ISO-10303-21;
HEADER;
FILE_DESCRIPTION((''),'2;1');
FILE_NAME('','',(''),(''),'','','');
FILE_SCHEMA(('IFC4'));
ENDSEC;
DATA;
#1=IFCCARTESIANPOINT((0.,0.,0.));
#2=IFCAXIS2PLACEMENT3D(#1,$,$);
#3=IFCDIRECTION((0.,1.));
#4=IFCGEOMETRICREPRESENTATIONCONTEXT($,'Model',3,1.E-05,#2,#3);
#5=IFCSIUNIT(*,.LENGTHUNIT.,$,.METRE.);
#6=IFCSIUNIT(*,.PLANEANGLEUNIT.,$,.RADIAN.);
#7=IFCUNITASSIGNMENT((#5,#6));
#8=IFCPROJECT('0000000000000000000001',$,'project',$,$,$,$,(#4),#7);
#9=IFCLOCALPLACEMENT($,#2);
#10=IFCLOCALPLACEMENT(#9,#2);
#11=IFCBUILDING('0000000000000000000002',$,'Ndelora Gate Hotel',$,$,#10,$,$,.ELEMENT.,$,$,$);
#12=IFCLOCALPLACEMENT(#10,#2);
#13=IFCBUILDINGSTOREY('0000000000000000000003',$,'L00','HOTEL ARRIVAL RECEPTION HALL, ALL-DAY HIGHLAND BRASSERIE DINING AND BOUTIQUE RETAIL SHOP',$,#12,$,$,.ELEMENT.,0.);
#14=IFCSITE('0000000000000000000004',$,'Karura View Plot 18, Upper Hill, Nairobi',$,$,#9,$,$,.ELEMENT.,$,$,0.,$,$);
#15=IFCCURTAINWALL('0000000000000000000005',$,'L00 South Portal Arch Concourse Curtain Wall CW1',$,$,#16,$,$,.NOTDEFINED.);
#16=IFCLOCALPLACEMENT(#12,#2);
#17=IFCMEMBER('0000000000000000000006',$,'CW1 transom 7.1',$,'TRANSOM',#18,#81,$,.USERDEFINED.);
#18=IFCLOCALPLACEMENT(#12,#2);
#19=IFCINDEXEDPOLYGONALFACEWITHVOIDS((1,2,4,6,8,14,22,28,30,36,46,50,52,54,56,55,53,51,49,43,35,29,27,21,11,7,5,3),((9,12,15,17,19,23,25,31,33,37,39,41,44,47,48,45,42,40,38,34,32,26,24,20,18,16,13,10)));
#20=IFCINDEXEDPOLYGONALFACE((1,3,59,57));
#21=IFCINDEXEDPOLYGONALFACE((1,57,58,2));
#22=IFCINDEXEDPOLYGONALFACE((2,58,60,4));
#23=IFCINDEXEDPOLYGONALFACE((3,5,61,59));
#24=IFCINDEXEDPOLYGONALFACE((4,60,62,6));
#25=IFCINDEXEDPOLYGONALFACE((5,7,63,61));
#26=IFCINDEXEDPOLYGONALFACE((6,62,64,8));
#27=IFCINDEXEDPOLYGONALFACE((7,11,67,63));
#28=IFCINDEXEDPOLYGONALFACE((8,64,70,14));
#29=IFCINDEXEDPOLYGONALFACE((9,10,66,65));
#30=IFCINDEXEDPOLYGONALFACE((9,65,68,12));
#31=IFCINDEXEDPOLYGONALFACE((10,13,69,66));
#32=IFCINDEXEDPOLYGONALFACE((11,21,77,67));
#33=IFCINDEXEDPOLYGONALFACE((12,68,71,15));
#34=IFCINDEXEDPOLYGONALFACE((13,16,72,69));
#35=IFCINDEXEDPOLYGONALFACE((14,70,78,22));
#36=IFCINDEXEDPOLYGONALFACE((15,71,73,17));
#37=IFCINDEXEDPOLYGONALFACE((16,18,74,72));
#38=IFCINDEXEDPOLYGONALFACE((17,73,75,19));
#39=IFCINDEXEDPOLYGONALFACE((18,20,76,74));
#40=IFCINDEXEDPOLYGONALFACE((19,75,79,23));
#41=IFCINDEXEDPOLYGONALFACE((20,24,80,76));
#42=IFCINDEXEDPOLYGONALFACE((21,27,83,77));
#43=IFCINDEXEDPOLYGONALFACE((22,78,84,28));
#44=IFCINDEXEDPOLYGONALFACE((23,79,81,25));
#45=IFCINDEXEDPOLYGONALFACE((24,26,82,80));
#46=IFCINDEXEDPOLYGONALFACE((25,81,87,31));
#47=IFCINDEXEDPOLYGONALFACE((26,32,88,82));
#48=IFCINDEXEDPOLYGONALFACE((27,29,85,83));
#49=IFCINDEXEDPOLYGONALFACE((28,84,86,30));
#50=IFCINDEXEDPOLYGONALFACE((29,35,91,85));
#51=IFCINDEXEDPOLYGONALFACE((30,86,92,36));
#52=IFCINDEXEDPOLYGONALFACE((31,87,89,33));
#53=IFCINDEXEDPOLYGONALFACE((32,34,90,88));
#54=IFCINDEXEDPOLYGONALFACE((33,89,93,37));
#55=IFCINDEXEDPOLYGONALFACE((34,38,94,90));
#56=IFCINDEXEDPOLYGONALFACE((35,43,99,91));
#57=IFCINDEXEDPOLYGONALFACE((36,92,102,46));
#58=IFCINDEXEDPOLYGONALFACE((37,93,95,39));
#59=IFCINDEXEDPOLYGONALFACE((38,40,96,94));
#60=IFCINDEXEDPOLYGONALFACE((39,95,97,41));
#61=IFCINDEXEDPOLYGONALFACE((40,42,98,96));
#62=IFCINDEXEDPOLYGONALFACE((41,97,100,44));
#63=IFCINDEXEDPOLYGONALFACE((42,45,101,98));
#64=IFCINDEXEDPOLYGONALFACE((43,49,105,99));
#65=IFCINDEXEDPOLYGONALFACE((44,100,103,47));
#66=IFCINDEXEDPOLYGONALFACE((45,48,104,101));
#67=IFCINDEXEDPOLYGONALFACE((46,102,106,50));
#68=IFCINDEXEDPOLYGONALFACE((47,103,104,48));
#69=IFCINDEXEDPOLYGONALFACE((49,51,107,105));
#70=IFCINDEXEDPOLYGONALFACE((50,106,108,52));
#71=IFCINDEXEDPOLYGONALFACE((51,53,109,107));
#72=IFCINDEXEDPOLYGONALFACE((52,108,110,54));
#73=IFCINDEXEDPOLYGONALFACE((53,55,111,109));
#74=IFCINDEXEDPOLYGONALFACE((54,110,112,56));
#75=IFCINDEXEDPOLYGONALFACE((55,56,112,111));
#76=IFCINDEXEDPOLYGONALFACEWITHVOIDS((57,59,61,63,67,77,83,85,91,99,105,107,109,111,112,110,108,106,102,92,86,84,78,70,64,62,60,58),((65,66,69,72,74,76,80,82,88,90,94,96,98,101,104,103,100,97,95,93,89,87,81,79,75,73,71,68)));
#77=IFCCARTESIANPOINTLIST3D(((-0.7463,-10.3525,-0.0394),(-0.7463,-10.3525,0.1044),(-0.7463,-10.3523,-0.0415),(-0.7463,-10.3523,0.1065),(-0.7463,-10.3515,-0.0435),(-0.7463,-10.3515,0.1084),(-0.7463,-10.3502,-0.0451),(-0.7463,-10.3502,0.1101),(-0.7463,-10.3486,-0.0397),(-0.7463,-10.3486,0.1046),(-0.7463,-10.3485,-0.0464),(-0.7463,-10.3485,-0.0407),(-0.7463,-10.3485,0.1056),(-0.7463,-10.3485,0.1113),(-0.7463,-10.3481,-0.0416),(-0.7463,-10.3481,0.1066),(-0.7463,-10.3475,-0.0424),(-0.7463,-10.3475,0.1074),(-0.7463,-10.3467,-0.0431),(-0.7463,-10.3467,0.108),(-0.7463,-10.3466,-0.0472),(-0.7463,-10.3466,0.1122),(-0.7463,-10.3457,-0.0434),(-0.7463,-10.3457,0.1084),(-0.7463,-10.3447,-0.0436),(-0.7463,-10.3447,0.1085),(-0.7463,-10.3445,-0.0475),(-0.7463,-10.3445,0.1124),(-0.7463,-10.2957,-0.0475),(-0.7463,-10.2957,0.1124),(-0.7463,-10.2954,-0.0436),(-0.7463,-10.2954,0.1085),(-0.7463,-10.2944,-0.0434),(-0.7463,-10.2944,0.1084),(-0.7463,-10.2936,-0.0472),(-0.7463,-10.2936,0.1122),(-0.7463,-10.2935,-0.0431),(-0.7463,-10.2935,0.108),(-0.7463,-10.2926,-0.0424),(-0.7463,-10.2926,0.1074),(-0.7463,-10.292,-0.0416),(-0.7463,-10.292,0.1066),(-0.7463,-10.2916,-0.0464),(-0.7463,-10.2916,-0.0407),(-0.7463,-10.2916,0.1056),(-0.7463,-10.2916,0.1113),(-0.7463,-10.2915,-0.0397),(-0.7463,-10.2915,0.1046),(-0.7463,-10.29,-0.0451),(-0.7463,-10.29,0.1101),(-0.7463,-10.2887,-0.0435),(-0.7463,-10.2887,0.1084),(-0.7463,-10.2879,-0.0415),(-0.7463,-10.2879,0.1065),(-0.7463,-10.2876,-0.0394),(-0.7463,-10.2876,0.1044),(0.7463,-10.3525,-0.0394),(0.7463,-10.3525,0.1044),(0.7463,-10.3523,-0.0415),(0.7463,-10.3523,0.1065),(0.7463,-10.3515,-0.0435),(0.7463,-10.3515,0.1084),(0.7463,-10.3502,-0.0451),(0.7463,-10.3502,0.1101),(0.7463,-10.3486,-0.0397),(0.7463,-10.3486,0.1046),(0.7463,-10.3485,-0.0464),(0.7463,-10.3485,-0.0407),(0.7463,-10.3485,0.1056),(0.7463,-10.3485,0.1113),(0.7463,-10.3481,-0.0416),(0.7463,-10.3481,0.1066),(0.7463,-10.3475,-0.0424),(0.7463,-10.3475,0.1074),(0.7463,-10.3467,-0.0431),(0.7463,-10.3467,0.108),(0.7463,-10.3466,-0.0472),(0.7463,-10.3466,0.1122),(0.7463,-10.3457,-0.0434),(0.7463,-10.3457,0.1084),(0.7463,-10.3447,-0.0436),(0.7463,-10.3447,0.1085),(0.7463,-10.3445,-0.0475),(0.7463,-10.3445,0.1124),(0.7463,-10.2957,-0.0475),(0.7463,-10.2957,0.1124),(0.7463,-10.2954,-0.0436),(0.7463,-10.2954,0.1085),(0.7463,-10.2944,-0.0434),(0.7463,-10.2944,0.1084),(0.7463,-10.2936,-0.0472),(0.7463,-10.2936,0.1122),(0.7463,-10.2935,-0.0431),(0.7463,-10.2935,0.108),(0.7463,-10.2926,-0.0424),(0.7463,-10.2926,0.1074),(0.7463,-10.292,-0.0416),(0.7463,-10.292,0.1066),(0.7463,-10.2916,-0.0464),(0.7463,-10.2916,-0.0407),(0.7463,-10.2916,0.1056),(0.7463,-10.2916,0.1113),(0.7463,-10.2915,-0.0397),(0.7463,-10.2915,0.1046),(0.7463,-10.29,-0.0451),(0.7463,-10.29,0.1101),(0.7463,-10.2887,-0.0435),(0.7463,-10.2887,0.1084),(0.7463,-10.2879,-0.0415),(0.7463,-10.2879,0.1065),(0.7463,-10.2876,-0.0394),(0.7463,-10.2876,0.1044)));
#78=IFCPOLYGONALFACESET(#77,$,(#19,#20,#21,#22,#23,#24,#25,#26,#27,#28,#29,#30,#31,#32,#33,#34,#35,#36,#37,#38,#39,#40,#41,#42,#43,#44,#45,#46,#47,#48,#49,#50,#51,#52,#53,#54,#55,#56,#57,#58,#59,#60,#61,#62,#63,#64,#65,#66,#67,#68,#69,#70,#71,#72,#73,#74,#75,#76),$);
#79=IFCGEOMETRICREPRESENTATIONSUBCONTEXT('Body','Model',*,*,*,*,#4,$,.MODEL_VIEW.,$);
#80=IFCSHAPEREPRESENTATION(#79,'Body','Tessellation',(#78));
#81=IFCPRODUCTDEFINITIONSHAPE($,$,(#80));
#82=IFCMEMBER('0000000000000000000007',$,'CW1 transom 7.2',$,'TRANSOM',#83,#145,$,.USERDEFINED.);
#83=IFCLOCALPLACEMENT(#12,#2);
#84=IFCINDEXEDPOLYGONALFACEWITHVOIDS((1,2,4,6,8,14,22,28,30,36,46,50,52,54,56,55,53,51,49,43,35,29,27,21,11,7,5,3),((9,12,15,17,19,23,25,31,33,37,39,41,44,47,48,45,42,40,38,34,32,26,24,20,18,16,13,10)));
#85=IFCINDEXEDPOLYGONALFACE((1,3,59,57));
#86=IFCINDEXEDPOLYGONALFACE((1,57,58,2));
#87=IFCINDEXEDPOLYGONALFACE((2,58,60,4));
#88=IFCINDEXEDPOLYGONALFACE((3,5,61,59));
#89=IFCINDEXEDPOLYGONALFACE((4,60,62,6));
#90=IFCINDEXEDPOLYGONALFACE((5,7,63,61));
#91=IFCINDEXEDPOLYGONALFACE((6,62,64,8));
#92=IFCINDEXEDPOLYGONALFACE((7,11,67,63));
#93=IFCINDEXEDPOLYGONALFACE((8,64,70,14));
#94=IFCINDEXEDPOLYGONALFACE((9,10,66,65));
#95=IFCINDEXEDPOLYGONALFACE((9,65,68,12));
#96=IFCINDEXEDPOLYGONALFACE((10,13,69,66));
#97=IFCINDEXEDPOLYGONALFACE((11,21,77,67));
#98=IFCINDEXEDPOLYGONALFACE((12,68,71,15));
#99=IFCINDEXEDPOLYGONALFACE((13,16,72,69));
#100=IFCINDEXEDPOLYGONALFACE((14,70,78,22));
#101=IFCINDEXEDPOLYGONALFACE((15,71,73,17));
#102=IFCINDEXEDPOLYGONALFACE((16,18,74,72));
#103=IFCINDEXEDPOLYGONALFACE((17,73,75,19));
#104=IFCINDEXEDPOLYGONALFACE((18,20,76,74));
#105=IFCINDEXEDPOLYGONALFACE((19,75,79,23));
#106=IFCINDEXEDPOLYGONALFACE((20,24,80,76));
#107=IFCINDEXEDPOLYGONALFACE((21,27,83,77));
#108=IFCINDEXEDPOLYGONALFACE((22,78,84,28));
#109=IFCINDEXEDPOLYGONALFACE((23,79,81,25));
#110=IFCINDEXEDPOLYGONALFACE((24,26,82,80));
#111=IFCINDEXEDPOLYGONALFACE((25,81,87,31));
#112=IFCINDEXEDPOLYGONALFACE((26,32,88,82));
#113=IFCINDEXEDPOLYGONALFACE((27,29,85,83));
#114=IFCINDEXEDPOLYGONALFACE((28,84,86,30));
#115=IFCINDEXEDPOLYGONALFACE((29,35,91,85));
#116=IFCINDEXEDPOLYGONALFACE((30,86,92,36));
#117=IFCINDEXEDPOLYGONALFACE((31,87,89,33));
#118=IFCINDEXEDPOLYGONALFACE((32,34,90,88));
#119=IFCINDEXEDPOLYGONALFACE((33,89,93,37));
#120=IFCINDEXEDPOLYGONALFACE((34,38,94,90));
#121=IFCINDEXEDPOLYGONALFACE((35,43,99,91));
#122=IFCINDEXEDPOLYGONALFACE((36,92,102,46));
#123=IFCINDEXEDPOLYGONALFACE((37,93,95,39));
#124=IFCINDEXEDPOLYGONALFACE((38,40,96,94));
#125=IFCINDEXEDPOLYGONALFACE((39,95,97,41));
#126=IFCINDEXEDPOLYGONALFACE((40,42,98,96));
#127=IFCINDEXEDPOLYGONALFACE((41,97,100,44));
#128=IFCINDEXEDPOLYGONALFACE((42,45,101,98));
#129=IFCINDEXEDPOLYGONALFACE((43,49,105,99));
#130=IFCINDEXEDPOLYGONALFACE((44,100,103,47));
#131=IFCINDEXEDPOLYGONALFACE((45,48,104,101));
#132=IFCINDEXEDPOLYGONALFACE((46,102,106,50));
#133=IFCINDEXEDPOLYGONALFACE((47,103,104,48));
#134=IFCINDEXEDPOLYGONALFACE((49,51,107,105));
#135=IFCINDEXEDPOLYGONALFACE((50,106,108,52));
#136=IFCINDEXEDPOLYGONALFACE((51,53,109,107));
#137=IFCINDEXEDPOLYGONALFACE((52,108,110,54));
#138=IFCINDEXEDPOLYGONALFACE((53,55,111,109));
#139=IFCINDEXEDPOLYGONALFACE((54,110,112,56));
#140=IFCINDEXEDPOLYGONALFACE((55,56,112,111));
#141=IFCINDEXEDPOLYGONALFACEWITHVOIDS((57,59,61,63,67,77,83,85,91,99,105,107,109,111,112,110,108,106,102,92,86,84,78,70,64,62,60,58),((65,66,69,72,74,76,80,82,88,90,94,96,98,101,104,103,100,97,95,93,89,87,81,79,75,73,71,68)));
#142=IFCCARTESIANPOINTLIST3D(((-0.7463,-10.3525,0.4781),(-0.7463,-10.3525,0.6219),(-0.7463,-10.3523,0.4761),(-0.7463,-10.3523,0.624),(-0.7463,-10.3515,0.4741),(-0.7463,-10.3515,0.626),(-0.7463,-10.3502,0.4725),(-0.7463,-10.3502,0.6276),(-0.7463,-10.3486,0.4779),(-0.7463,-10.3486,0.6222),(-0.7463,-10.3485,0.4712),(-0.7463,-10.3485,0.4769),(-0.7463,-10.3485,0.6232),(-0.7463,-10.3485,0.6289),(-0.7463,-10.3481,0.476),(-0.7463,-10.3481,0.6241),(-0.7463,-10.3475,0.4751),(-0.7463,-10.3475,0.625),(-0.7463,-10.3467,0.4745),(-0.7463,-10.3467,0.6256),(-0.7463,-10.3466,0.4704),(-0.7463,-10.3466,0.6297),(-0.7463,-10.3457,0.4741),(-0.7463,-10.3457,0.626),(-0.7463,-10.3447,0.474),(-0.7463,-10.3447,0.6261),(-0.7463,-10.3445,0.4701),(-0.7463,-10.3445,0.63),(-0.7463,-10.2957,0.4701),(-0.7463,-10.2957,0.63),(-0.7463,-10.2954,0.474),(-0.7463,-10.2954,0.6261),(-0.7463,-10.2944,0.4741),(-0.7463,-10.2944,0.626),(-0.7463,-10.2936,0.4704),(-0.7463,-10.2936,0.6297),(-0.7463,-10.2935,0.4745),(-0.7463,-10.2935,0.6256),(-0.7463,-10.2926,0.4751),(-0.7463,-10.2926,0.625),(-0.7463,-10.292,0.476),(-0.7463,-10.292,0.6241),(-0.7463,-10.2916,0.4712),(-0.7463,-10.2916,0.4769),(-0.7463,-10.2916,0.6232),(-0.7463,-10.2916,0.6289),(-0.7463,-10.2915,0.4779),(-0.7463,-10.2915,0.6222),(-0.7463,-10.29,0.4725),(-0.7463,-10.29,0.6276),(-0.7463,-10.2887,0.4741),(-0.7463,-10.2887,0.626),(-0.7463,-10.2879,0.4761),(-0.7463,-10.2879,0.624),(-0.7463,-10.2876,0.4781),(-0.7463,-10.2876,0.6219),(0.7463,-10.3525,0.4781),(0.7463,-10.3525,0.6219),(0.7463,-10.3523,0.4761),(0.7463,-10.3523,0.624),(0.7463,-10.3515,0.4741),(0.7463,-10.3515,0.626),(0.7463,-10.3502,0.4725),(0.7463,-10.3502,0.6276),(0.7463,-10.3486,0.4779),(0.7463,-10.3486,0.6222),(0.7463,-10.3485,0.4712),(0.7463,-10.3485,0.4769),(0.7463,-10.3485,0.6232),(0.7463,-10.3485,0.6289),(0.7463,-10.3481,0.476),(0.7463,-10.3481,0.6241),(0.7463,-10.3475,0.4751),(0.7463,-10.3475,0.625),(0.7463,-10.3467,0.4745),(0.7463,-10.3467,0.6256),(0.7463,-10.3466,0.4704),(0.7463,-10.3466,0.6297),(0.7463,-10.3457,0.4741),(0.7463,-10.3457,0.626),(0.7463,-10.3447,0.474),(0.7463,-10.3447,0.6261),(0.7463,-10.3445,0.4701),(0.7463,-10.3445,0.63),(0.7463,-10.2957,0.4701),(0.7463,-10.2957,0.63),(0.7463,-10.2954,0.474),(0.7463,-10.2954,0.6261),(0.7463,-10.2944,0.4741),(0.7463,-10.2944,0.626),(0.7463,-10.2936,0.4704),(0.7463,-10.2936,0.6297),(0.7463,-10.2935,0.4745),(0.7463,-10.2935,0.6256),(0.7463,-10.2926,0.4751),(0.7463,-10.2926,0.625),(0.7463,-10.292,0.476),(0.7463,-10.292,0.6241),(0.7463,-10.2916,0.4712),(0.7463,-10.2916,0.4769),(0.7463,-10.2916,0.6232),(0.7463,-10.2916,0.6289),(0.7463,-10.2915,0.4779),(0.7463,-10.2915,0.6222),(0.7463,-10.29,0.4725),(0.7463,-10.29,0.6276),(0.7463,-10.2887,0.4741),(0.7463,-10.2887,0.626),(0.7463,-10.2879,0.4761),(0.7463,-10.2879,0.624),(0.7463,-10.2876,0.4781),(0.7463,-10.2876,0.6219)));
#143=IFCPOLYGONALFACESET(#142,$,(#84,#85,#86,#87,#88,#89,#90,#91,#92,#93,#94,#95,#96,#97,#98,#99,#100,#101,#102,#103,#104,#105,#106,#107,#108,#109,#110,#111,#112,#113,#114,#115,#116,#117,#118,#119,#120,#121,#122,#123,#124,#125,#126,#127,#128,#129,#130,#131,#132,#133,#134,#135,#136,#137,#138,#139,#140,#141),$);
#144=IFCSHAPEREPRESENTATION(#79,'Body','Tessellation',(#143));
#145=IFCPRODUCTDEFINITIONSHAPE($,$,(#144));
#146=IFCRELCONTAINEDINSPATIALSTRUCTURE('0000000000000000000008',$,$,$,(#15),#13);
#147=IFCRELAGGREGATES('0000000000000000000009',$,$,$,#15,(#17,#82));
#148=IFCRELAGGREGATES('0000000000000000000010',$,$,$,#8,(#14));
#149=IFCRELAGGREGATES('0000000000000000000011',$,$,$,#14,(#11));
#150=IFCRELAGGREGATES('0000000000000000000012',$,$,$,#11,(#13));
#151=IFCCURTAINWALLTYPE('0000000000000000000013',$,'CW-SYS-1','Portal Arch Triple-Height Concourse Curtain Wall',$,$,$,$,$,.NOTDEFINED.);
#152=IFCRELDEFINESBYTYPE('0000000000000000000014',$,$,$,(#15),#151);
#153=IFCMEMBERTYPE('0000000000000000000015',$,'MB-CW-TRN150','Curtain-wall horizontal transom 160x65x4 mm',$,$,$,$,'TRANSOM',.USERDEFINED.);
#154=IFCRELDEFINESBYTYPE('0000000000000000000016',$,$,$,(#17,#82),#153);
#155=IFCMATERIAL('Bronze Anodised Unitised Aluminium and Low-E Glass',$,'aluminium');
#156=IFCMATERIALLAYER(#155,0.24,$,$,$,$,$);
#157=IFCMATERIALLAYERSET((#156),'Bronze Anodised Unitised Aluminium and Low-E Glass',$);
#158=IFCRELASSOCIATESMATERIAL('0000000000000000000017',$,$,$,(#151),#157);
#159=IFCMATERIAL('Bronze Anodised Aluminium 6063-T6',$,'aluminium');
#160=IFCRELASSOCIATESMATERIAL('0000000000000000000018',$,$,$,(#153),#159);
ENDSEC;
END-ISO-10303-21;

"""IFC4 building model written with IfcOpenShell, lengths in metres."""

from ifc_helpers import new_model, si_unit, direction, frame, origin, origin_2d, place, context, subcontext, project, spatial, hollow_rectangle, extrude, material, layer, layer_set, material_profile, profile_set, type_object, element, aggregate, save


model = new_model("IFC4")

# Units and contexts
model_context = context("Model", 3, precision=1e-05, world=origin(), true_north=direction((0.0, 1.0)))
body_context = subcontext(model_context, "Body", "Model", "MODEL_VIEW")
ifc_project = project(units=[si_unit("LENGTHUNIT", "METRE"), si_unit("PLANEANGLEUNIT", "RADIAN")], contexts=[model_context])

# Site, building, storey
site_placement = place(None, origin())
site = spatial("IfcSite", under=ifc_project, at=site_placement, Name="Karura View Plot 18, Upper Hill, Nairobi", CompositionType="ELEMENT", RefElevation=0.0)
building_placement = place(site_placement, origin())
building = spatial("IfcBuilding", under=site, at=building_placement, Name="Ndelora Gate Hotel", CompositionType="ELEMENT")
storey_placement = place(building_placement, origin())
storey = spatial("IfcBuildingStorey", under=building, at=storey_placement, Name="L00", Description="HOTEL ARRIVAL RECEPTION HALL, ALL-DAY HIGHLAND BRASSERIE DINING AND BOUTIQUE RETAIL SHOP", CompositionType="ELEMENT", Elevation=0.0)

# Curtain wall, members
ifc_material_1 = material(Name="Bronze Anodised Unitised Aluminium and Low-E Glass", Category="aluminium")
ifc_layer_1 = layer(ifc_material_1, 0.24)
ifc_layer_set_1 = layer_set([ifc_layer_1], Name="Bronze Anodised Unitised Aluminium and Low-E Glass")
curtain_wall_type = type_object("IfcCurtainWallType", Name="CW-SYS-1", Description="Portal Arch Triple-Height Concourse Curtain Wall", PredefinedType="NOTDEFINED", material=ifc_layer_set_1)
curtain_wall_placement = place(storey_placement, origin())
curtain_wall = element("IfcCurtainWall", 1, at=curtain_wall_placement, inside=storey, type_object=curtain_wall_type, Name="L00 South Portal Arch Concourse Curtain Wall CW1", PredefinedType="NOTDEFINED")
ifc_material_2 = material(Name="Bronze Anodised Aluminium 6063-T6", Category="aluminium")
ifc_material_profile_1 = material_profile(ifc_material_2, hollow_rectangle(XDim=0.0649, YDim=0.1599, WallThickness=0.0039, InnerFilletRadius=0.0039, OuterFilletRadius=0.0081, at=origin_2d()), Name="ALU 160x65x4")
ifc_profile_set_1 = profile_set([ifc_material_profile_1], Name="Bronze Anodised Aluminium 6063-T6")
member_type_1 = type_object("IfcMemberType", Name="MB-CW-TRN150", Description="Curtain-wall horizontal transom 160x65x4 mm", ElementType="TRANSOM", PredefinedType="USERDEFINED", material=ifc_profile_set_1)
member_1_placement = place(storey_placement, frame((-0.7463, -10.3201, 0.0325), z_axis=(1.0, 0.0, 0.0), x_axis=(0.0, 1.0, 0.0)))
member_1 = element("IfcMember", 2, at=member_1_placement, type_object=member_type_1, Name="CW1 transom 7.1", ObjectType="TRANSOM", PredefinedType="USERDEFINED", context=body_context, shape_type="SweptSolid", body=[
    extrude(hollow_rectangle(XDim=0.0649, YDim=0.1599, WallThickness=0.0039, InnerFilletRadius=0.0039, OuterFilletRadius=0.0081, at=origin_2d()), origin(), (0.0, 0.0, 1.0), 1.4927),
])
member_2_placement = place(storey_placement, frame((-0.7463, -10.3201, 0.55), z_axis=(1.0, 0.0, 0.0), x_axis=(0.0, 1.0, 0.0)))
member_2 = element("IfcMember", 3, at=member_2_placement, type_object=member_type_1, Name="CW1 transom 7.2", ObjectType="TRANSOM", PredefinedType="USERDEFINED", context=body_context, shape_type="SweptSolid", body=[
    extrude(hollow_rectangle(XDim=0.0649, YDim=0.1599, WallThickness=0.0039, InnerFilletRadius=0.0039, OuterFilletRadius=0.0081, at=origin_2d()), origin(), (0.0, 0.0, 1.0), 1.4927),
])
aggregate(curtain_wall, [member_1, member_2])

save(model, "model.ifc")
